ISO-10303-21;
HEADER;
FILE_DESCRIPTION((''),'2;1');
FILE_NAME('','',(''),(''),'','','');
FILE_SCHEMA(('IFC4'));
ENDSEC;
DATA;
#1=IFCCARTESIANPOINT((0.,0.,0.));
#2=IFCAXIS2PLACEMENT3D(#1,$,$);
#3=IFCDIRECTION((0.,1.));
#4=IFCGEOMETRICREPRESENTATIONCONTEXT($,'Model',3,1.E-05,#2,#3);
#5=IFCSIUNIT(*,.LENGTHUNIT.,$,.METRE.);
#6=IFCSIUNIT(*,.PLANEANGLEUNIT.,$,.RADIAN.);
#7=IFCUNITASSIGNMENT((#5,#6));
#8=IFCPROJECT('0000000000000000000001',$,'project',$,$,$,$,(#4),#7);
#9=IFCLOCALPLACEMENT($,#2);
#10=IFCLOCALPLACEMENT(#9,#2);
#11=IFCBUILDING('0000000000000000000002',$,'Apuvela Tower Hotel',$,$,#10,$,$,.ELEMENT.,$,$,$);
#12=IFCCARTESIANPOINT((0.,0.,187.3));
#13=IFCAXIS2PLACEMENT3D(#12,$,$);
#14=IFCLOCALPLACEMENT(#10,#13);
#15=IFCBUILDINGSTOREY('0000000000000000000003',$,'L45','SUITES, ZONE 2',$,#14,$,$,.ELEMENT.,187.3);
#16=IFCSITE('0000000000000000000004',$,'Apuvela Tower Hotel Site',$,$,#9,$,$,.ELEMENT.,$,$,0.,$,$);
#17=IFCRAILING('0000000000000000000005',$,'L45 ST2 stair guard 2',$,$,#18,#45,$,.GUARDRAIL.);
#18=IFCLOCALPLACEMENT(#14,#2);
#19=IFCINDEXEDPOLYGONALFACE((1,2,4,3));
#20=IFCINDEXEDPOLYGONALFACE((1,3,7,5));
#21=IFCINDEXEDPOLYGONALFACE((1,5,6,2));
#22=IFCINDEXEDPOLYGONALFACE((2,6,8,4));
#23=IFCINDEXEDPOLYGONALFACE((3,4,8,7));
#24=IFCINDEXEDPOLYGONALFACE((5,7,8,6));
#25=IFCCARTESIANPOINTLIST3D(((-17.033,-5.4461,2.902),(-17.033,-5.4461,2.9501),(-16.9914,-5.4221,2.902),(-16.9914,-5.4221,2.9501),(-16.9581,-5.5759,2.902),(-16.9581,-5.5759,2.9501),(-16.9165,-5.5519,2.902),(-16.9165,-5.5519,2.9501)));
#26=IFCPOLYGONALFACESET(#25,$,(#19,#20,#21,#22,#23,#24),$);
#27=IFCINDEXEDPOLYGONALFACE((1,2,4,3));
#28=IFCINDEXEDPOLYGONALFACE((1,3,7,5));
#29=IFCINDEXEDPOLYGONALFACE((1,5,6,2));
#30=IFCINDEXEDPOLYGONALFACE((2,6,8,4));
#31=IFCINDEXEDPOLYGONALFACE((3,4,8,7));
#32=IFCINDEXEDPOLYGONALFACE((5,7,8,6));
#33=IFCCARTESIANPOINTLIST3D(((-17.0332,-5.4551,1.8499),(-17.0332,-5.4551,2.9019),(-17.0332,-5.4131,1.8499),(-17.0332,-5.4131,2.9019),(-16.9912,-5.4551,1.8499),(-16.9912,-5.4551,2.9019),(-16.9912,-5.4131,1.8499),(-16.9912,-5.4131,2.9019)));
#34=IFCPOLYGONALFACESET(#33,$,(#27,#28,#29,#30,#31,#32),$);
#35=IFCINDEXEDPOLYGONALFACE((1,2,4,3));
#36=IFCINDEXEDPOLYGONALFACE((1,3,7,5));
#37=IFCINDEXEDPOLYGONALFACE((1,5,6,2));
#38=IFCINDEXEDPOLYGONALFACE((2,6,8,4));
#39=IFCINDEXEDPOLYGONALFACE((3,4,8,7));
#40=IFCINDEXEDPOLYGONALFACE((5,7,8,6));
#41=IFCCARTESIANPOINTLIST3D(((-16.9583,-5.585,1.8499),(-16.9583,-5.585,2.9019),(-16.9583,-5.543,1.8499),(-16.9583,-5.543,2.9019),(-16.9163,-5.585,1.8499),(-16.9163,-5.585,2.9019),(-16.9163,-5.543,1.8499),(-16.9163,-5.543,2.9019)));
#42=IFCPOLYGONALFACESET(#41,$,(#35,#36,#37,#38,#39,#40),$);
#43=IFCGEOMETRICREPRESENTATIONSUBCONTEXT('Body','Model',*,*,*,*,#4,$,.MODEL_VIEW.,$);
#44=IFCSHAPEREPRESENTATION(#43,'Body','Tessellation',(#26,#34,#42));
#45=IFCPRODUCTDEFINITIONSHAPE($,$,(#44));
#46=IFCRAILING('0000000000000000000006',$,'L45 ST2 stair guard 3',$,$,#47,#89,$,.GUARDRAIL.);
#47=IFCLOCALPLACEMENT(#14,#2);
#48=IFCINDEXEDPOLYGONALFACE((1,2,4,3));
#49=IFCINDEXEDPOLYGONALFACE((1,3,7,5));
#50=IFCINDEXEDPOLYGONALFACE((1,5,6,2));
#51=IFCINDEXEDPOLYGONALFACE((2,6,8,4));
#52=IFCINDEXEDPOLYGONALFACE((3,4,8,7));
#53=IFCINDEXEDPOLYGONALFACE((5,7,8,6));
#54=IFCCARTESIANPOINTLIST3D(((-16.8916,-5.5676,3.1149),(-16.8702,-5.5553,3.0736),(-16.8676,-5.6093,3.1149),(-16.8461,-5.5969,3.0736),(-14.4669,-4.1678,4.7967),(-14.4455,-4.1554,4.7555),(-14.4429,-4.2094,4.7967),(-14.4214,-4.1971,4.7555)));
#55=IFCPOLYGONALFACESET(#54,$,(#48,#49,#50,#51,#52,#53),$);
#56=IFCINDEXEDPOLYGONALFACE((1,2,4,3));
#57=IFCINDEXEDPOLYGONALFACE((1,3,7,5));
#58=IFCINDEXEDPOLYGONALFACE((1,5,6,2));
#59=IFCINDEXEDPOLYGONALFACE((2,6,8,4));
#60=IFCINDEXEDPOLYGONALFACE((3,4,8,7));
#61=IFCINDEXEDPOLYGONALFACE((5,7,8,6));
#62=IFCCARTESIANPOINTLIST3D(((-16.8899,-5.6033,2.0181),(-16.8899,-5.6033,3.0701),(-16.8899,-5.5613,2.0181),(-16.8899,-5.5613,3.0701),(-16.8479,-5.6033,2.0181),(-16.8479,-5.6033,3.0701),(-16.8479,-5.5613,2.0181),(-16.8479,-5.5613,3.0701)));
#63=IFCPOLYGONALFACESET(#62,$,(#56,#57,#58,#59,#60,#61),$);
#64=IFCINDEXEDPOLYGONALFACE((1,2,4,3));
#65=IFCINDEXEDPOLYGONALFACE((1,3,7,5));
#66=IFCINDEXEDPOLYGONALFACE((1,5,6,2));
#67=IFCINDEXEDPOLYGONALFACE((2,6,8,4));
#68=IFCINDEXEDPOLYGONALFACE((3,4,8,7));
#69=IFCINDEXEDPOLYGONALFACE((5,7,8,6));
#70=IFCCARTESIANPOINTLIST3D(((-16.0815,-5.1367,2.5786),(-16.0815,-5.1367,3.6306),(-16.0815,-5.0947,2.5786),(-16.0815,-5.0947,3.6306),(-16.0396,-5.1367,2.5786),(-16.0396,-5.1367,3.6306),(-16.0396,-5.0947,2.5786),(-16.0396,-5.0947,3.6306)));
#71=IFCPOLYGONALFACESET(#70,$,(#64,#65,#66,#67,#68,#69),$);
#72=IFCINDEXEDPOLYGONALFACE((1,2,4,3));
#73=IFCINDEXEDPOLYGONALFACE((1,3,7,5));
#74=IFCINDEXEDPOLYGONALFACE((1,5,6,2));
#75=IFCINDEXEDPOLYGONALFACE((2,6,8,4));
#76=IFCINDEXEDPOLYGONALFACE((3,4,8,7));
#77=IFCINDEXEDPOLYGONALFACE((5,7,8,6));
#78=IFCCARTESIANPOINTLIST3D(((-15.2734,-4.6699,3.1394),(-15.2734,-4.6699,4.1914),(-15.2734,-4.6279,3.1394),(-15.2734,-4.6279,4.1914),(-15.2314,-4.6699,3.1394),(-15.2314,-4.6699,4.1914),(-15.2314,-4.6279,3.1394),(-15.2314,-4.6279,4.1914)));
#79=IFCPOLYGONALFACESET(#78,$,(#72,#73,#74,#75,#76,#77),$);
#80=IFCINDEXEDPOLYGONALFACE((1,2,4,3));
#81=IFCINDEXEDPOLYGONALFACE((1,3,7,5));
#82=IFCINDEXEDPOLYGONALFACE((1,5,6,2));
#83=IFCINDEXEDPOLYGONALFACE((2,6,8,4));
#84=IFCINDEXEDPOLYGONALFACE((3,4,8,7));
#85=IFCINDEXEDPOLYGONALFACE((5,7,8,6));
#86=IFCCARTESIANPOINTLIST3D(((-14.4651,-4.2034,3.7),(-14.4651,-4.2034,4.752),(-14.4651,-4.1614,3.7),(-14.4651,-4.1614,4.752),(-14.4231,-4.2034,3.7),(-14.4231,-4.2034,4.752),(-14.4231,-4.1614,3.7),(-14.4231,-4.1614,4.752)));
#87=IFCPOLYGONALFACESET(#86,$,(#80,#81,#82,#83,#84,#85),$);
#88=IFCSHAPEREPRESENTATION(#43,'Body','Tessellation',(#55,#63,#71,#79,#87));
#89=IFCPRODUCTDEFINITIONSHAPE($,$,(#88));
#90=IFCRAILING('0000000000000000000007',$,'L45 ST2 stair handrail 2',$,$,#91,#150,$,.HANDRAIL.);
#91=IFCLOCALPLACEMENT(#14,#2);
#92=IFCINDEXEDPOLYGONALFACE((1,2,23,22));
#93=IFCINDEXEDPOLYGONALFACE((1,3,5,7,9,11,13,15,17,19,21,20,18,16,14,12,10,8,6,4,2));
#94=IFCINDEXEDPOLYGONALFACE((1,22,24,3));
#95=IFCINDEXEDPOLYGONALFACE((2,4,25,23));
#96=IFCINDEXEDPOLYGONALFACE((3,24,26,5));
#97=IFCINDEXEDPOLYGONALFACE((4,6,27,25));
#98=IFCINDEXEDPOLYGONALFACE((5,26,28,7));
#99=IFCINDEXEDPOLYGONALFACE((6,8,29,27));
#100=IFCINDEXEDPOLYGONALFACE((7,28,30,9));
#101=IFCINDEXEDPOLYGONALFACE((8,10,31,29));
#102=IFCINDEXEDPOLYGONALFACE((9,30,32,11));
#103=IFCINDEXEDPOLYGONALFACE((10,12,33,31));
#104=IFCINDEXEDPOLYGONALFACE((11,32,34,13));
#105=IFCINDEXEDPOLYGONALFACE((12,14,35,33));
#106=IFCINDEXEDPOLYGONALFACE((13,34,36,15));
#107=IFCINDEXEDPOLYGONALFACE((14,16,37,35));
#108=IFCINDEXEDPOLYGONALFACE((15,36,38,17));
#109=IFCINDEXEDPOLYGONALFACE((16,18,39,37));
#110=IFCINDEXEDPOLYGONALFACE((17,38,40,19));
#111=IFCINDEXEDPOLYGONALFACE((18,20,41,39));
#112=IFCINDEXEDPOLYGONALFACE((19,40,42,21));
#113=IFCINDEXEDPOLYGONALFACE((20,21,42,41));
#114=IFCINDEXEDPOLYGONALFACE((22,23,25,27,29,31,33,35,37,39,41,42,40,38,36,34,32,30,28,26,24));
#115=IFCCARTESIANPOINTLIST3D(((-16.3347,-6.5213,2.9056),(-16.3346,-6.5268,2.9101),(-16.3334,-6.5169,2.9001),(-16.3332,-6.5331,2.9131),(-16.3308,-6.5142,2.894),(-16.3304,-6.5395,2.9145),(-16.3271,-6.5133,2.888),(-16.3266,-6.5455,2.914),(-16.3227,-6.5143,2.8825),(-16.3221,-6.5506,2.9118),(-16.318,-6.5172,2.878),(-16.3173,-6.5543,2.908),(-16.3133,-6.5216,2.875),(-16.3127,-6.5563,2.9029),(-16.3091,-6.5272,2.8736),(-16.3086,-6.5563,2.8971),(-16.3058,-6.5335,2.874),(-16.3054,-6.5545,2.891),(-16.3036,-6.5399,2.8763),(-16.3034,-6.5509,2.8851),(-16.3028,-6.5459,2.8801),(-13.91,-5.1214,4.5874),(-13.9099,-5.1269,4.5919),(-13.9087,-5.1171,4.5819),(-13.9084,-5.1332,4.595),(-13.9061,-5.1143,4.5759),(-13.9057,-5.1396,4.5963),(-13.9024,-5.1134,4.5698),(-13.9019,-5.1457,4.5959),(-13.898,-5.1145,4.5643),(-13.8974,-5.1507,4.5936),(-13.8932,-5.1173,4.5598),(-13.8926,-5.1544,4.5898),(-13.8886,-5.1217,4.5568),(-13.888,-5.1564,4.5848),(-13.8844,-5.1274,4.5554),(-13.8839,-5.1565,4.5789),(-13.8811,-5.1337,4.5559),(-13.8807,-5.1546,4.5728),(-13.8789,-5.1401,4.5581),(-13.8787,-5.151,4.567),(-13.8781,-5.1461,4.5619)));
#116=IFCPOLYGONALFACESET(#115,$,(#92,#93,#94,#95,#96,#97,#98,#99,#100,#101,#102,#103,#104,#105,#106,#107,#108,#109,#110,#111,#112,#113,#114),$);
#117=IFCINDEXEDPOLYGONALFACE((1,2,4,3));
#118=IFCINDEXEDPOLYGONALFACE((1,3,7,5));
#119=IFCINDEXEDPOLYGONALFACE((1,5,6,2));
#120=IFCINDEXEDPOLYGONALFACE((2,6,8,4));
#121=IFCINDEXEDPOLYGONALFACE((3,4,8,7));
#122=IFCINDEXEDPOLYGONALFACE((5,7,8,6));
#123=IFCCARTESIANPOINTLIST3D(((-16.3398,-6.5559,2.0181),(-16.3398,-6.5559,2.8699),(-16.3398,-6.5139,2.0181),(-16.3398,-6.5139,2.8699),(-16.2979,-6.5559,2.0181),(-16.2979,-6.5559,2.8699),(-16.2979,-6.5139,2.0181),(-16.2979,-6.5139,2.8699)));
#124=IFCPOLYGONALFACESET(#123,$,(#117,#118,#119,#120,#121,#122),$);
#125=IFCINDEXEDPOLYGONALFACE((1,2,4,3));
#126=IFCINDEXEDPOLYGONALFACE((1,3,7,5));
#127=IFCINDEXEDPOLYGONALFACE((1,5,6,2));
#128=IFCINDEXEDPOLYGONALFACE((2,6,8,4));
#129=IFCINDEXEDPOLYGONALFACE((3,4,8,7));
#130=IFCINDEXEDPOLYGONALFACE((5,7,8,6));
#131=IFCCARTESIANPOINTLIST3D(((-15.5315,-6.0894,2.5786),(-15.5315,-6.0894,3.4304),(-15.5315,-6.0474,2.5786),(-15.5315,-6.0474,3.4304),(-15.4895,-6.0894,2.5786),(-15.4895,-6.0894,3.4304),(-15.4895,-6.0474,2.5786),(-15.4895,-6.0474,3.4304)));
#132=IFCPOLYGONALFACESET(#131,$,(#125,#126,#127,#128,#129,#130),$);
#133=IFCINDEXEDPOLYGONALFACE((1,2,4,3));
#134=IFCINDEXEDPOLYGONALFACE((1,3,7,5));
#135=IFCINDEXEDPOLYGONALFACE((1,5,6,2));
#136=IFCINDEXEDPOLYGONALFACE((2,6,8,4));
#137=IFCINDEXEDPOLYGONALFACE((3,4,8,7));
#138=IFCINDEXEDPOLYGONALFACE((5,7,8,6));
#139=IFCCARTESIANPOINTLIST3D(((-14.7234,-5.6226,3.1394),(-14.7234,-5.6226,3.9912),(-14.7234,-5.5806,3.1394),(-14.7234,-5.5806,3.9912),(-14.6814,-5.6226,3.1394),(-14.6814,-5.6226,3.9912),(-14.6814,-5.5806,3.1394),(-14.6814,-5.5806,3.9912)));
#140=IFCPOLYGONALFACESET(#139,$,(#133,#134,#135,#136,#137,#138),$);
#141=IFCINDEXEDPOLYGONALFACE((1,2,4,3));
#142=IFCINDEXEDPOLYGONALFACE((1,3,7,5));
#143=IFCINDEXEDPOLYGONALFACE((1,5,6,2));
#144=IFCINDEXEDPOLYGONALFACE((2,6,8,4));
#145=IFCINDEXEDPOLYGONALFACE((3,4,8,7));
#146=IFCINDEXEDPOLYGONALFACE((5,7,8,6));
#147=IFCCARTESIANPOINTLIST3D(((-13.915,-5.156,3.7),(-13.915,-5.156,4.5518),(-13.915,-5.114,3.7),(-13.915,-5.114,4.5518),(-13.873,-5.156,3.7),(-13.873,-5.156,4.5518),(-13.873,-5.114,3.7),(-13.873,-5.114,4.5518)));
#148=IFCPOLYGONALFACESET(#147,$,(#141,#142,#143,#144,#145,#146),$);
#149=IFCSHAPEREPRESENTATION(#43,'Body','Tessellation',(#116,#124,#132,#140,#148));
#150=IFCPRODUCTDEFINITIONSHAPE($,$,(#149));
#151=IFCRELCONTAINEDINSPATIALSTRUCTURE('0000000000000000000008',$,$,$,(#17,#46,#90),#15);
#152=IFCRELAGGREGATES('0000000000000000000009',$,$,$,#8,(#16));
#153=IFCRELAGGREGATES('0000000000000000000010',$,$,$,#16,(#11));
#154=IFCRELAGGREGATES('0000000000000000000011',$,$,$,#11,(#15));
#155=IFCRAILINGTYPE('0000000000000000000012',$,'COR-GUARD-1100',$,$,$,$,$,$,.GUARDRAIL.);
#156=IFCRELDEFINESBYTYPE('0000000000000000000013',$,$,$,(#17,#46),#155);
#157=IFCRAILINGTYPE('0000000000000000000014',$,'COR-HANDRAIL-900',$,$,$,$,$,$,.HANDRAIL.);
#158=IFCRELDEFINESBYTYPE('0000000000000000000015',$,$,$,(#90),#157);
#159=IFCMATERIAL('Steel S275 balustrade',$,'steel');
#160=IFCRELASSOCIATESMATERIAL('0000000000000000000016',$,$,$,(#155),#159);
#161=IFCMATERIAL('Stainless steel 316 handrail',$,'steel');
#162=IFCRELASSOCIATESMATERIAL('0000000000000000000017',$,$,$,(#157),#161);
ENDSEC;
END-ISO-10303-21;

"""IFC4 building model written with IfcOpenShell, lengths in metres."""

from ifc_helpers import new_model, si_unit, direction, frame, origin, origin_2d, place, context, subcontext, project, spatial, rectangle, circle, extrude, material, type_object, element, save


model = new_model("IFC4")

# Units and contexts
model_context = context("Model", 3, precision=1e-05, world=origin(), true_north=direction((0.0, 1.0)))
body_context = subcontext(model_context, "Body", "Model", "MODEL_VIEW")
ifc_project = project(units=[si_unit("LENGTHUNIT", "METRE"), si_unit("PLANEANGLEUNIT", "RADIAN")], contexts=[model_context])

# Site, building, storey
site_placement = place(None, origin())
site = spatial("IfcSite", under=ifc_project, at=site_placement, Name="Apuvela Tower Hotel Site", CompositionType="ELEMENT", RefElevation=0.0)
building_placement = place(site_placement, origin())
building = spatial("IfcBuilding", under=site, at=building_placement, Name="Apuvela Tower Hotel", CompositionType="ELEMENT")
storey_placement = place(building_placement, frame((0.0, 0.0, 187.3)))
storey = spatial("IfcBuildingStorey", under=building, at=storey_placement, Name="L45", Description="SUITES, ZONE 2", CompositionType="ELEMENT", Elevation=187.3)

# Railings
ifc_material_1 = material(Name="Steel S275 balustrade", Category="steel")
railing_type_1 = type_object("IfcRailingType", Name="COR-GUARD-1100", PredefinedType="GUARDRAIL", material=ifc_material_1)
railing_1_placement = place(storey_placement, frame((-17.0122, -5.4341, 1.8499)))
element("IfcRailing", 1, at=railing_1_placement, inside=storey, type_object=railing_type_1, Name="L45 ST2 stair guard 2", PredefinedType="GUARDRAIL", context=body_context, shape_type="SweptSolid", body=[
    extrude(rectangle(XDim=0.0481, YDim=0.0481, at=origin_2d()), frame((0.0, 0.0, 1.0762), z_axis=(0.499816, -0.866131, 0.0), x_axis=(0.866131, 0.499816, 0.0)), (0.0, 0.0, 1.0), 0.1499),
    extrude(rectangle(XDim=0.042, YDim=0.042, at=origin_2d()), origin(), (0.0, 0.0, 1.0), 1.052),
    extrude(rectangle(XDim=0.042, YDim=0.042, at=origin_2d()), frame((0.075, -0.1299, 0.0)), (0.0, 0.0, 1.0), 1.052),
])
railing_2_placement = place(storey_placement, frame((-16.8689, -5.5823, 2.0181)))
element("IfcRailing", 2, at=railing_2_placement, inside=storey, type_object=railing_type_1, Name="L45 ST2 stair guard 3", PredefinedType="GUARDRAIL", context=body_context, shape_type="SweptSolid", body=[
    extrude(rectangle(XDim=0.0481, YDim=0.0481, at=origin_2d()), frame((0.0, 0.0, 1.0762), z_axis=(0.74239, 0.428601, 0.514934), x_axis=(-0.499984, 0.866035, 0.0)), (0.0, 0.0, 1.0), 3.2661),
    extrude(rectangle(XDim=0.042, YDim=0.042, at=origin_2d()), origin(), (0.0, 0.0, 1.0), 1.052),
    extrude(rectangle(XDim=0.042, YDim=0.042, at=origin_2d()), frame((0.8083, 0.4666, 0.5605)), (0.0, 0.0, 1.0), 1.052),
    extrude(rectangle(XDim=0.042, YDim=0.042, at=origin_2d()), frame((1.6165, 0.9333, 1.1213)), (0.0, 0.0, 1.0), 1.052),
    extrude(rectangle(XDim=0.042, YDim=0.042, at=origin_2d()), frame((2.4248, 1.3999, 1.6819)), (0.0, 0.0, 1.0), 1.052),
])
ifc_material_2 = material(Name="Stainless steel 316 handrail", Category="steel")
railing_type_2 = type_object("IfcRailingType", Name="COR-HANDRAIL-900", PredefinedType="HANDRAIL", material=ifc_material_2)
railing_3_placement = place(storey_placement, frame((-16.3188, -6.5349, 2.0181)))
element("IfcRailing", 3, at=railing_3_placement, inside=storey, type_object=railing_type_2, Name="L45 ST2 stair handrail 2", PredefinedType="HANDRAIL", context=body_context, shape_type="SweptSolid", body=[
    extrude(circle(Radius=0.0239, at=origin_2d()), frame((0.0, 0.0, 0.876), z_axis=(0.74239, 0.428601, 0.514934), x_axis=(-0.499984, 0.866035, 0.0)), (0.0, 0.0, 1.0), 3.2661),
    extrude(rectangle(XDim=0.042, YDim=0.042, at=origin_2d()), origin(), (0.0, 0.0, 1.0), 0.8518),
    extrude(rectangle(XDim=0.042, YDim=0.042, at=origin_2d()), frame((0.8083, 0.4666, 0.5605)), (0.0, 0.0, 1.0), 0.8518),
    extrude(rectangle(XDim=0.042, YDim=0.042, at=origin_2d()), frame((1.6165, 0.9333, 1.1213)), (0.0, 0.0, 1.0), 0.8518),
    extrude(rectangle(XDim=0.042, YDim=0.042, at=origin_2d()), frame((2.4248, 1.3999, 1.6819)), (0.0, 0.0, 1.0), 0.8518),
])

save(model, "model.ifc")
